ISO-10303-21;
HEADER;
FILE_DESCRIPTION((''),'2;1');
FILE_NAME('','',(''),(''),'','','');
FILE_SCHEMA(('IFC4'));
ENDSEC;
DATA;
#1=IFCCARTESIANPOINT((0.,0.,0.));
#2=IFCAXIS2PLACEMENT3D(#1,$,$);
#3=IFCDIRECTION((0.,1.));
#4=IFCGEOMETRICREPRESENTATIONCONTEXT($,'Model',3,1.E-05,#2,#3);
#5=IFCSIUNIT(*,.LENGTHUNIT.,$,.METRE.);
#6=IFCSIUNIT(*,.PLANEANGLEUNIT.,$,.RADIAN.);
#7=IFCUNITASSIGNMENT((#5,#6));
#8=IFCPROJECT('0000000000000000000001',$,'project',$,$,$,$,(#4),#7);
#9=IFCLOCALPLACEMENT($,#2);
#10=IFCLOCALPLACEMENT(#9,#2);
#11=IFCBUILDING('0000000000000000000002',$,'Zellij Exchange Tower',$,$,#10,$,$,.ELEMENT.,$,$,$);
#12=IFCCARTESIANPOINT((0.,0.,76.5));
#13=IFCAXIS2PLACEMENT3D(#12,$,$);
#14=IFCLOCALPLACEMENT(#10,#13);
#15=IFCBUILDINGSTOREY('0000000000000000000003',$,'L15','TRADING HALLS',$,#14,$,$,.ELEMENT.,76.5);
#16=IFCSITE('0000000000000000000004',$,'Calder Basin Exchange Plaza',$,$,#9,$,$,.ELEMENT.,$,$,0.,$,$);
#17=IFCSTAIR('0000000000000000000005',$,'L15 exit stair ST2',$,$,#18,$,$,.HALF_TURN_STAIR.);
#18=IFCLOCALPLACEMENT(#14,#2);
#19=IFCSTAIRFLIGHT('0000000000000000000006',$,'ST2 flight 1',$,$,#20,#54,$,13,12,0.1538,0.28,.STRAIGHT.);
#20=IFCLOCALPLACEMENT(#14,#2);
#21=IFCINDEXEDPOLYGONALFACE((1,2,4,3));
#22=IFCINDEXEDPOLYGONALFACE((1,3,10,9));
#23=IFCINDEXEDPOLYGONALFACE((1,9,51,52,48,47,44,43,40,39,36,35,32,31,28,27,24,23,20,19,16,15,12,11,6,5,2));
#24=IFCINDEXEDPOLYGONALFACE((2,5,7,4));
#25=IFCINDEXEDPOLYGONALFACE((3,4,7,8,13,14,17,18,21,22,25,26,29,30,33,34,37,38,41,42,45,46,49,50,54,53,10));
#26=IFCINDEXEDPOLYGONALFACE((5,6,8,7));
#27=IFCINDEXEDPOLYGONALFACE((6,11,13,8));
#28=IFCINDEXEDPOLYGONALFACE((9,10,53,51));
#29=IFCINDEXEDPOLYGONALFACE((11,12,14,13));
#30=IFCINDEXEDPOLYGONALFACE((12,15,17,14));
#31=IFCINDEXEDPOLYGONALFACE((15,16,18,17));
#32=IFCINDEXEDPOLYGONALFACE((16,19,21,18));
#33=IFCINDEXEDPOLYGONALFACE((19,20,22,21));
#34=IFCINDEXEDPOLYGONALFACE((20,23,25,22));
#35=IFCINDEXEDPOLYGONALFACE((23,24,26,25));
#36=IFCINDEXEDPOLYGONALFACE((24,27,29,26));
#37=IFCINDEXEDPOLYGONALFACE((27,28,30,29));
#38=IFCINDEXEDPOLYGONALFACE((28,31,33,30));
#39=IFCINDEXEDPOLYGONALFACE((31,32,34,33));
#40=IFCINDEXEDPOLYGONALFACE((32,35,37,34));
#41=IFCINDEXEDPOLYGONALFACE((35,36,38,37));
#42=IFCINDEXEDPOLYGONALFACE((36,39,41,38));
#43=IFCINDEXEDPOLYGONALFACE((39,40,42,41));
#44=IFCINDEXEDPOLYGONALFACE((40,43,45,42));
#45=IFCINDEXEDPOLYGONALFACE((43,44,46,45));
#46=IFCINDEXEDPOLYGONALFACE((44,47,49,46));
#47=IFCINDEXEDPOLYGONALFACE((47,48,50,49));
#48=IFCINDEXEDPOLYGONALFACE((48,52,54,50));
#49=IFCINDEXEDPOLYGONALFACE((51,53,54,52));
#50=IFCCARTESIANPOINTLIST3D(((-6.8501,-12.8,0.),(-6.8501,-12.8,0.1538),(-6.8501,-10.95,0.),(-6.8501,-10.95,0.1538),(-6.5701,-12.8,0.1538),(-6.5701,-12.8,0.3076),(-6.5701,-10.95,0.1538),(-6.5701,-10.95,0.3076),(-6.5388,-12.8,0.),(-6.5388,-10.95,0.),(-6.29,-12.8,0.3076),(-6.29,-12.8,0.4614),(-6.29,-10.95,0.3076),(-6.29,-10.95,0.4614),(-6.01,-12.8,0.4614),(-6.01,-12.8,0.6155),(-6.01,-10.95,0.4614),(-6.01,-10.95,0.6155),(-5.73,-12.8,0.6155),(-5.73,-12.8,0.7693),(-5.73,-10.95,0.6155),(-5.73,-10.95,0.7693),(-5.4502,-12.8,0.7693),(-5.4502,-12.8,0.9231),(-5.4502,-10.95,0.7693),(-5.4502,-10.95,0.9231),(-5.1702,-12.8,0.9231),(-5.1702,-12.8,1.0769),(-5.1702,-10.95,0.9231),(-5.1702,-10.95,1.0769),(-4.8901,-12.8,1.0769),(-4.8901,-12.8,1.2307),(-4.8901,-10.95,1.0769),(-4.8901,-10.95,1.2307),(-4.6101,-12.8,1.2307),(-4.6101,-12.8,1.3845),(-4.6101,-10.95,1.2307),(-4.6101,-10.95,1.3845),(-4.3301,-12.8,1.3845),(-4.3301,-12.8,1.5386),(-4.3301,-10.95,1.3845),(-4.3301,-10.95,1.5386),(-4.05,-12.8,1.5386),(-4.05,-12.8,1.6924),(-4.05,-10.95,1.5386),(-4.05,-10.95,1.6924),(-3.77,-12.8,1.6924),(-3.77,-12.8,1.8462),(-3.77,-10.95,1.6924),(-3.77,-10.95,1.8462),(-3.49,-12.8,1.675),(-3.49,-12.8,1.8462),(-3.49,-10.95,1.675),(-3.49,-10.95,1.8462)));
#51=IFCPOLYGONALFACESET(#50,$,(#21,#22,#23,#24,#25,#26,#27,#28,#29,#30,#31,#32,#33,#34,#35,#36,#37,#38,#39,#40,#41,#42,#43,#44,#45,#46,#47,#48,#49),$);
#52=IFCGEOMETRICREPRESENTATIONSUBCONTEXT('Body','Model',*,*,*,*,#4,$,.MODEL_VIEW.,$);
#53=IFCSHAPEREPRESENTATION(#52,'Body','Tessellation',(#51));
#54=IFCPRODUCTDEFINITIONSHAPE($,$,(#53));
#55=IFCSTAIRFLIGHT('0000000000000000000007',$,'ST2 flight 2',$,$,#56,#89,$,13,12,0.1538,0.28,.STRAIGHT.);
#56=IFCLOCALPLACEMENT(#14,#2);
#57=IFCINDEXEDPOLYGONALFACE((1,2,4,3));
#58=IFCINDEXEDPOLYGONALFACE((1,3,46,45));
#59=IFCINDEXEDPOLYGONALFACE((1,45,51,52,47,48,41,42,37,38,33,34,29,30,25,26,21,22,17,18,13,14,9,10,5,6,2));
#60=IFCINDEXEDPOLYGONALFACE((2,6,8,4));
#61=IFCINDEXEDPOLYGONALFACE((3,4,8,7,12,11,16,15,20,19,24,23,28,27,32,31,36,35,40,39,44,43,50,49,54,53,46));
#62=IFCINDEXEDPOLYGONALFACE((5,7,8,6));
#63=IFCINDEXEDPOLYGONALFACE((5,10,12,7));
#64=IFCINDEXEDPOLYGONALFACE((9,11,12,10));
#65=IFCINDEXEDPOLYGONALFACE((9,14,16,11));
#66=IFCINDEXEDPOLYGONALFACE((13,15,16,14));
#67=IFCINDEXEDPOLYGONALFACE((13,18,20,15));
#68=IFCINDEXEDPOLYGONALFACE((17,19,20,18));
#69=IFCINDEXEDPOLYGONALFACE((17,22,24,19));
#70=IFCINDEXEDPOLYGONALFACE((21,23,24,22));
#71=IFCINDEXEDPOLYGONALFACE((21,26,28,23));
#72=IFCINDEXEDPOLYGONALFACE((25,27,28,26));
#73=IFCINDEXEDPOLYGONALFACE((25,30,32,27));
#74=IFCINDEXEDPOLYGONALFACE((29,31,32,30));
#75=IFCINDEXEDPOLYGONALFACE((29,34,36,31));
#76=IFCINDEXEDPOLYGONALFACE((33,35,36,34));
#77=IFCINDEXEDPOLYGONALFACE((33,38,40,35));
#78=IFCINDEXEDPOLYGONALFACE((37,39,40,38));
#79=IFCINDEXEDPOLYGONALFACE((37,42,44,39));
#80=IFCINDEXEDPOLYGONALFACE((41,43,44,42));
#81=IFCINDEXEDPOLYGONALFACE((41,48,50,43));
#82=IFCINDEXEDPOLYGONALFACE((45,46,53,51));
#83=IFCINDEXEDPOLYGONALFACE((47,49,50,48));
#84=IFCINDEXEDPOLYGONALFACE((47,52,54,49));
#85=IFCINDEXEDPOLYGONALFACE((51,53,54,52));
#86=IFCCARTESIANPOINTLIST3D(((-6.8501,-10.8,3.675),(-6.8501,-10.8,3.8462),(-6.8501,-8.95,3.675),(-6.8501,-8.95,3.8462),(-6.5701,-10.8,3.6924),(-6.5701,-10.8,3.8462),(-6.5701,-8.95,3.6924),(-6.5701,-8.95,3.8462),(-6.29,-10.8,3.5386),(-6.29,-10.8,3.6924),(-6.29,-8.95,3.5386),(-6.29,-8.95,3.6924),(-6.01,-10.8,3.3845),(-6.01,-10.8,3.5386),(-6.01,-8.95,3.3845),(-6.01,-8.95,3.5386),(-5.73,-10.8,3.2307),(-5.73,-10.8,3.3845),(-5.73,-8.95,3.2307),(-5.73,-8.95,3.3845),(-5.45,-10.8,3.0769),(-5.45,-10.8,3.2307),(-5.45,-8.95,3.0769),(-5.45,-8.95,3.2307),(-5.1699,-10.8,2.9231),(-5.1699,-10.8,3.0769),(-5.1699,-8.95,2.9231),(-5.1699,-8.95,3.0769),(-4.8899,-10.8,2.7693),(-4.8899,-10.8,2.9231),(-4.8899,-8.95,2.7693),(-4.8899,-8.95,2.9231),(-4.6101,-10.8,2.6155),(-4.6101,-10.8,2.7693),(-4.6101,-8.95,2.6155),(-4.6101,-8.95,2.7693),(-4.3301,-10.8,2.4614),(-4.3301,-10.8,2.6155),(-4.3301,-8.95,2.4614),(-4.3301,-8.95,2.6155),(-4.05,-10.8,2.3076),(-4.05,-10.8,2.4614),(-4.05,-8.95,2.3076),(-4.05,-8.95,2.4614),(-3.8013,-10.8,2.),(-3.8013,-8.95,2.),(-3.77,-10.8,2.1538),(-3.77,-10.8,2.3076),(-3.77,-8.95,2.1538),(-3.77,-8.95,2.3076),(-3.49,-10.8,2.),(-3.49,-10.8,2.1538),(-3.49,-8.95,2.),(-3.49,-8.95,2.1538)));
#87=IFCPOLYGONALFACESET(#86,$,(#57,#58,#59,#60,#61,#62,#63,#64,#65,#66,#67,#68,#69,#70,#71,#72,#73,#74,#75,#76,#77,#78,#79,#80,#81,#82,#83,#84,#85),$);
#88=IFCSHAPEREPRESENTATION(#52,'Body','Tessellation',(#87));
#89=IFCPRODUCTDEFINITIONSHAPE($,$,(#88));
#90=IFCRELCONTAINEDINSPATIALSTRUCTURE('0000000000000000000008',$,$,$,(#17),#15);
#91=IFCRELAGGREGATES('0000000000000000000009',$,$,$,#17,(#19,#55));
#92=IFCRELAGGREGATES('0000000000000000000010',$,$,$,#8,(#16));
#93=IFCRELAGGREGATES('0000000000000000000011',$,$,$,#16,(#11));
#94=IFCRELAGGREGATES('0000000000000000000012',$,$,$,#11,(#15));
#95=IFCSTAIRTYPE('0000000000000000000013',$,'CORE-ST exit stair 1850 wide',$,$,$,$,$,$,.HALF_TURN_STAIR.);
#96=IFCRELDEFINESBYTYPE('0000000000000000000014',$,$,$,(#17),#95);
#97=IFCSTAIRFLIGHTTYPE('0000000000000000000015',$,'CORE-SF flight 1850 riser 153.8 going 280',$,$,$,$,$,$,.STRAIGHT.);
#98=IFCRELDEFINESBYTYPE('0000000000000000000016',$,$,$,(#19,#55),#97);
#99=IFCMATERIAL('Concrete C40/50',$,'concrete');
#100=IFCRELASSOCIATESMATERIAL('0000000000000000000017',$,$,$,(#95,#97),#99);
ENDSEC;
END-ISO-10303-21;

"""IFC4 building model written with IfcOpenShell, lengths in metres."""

from ifc_helpers import new_model, si_unit, direction, frame, origin, place, context, subcontext, project, spatial, polyline, outline, extrude, material, type_object, element, aggregate, save


model = new_model("IFC4")

# Units and contexts
model_context = context("Model", 3, precision=1e-05, world=origin(), true_north=direction((0.0, 1.0)))
body_context = subcontext(model_context, "Body", "Model", "MODEL_VIEW")
ifc_project = project(units=[si_unit("LENGTHUNIT", "METRE"), si_unit("PLANEANGLEUNIT", "RADIAN")], contexts=[model_context])

# Site, building, storey
site_placement = place(None, origin())
site = spatial("IfcSite", under=ifc_project, at=site_placement, Name="Calder Basin Exchange Plaza", CompositionType="ELEMENT", RefElevation=0.0)
building_placement = place(site_placement, origin())
building = spatial("IfcBuilding", under=site, at=building_placement, Name="Zellij Exchange Tower", CompositionType="ELEMENT")
storey_placement = place(building_placement, frame((0.0, 0.0, 76.5)))
storey = spatial("IfcBuildingStorey", under=building, at=storey_placement, Name="L15", Description="TRADING HALLS", CompositionType="ELEMENT", Elevation=76.5)

# Stair, stair flights
ifc_material_1 = material(Name="Concrete C40/50", Category="concrete")
stair_type = type_object("IfcStairType", Name="CORE-ST exit stair 1850 wide", PredefinedType="HALF_TURN_STAIR", material=ifc_material_1)
stair_placement = place(storey_placement, origin())
stair = element("IfcStair", 1, at=stair_placement, inside=storey, type_object=stair_type, Name="L15 exit stair ST2", PredefinedType="HALF_TURN_STAIR")
stair_flight_type = type_object("IfcStairFlightType", Name="CORE-SF flight 1850 riser 153.8 going 280", PredefinedType="STRAIGHT", material=ifc_material_1)
stair_flight_1_placement = place(storey_placement, frame((-6.8501, -11.875, 0.0), z_axis=(0.0, 0.0, 1.0), x_axis=(1.0, 0.0, 0.0)))
stair_flight_1 = element("IfcStairFlight", 2, at=stair_flight_1_placement, type_object=stair_flight_type, Name="ST2 flight 1", NumberOfRisers=13, NumberOfTreads=12, PredefinedType="STRAIGHT", RiserHeight=0.1538, TreadLength=0.28, context=body_context, shape_type="SweptSolid", body=[
    extrude(outline(polyline([(0.0, 0.0), (0.0, 0.1538), (0.28, 0.1538), (0.28, 0.3076), (0.5601, 0.3076), (0.5601, 0.4614), (0.8401, 0.4614), (0.8401, 0.6155), (1.1201, 0.6155), (1.1201, 0.7693), (1.3999, 0.7693), (1.3999, 0.9231), (1.6799, 0.9231), (1.6799, 1.0769), (1.96, 1.0769), (1.96, 1.2307), (2.24, 1.2307), (2.24, 1.3845), (2.52, 1.3845), (2.52, 1.5386), (2.8, 1.5386), (2.8, 1.6924), (3.0801, 1.6924), (3.0801, 1.8462), (3.3601, 1.8462), (3.3601, 2.0), (3.3601, 1.675), (0.3113, 0.0), (0.0, 0.0)])), frame((0.0, 0.925, 0.0), z_axis=(0.0, -1.0, 0.0), x_axis=(1.0, 0.0, 0.0)), (0.0, 0.0, 1.0), 1.8501),
])
stair_flight_2_placement = place(storey_placement, frame((-3.49, -9.875, 2.0), z_axis=(0.0, 0.0, 1.0), x_axis=(-1.0, 0.0, 0.0)))
stair_flight_2 = element("IfcStairFlight", 3, at=stair_flight_2_placement, type_object=stair_flight_type, Name="ST2 flight 2", NumberOfRisers=13, NumberOfTreads=12, PredefinedType="STRAIGHT", RiserHeight=0.1538, TreadLength=0.28, context=body_context, shape_type="SweptSolid", body=[
    extrude(outline(polyline([(0.0, 0.0), (0.0, 0.1538), (0.28, 0.1538), (0.28, 0.3076), (0.5601, 0.3076), (0.5601, 0.4614), (0.8401, 0.4614), (0.8401, 0.6155), (1.1201, 0.6155), (1.1201, 0.7693), (1.3999, 0.7693), (1.3999, 0.9231), (1.6799, 0.9231), (1.6799, 1.0769), (1.96, 1.0769), (1.96, 1.2307), (2.24, 1.2307), (2.24, 1.3845), (2.52, 1.3845), (2.52, 1.5386), (2.8, 1.5386), (2.8, 1.6924), (3.0801, 1.6924), (3.0801, 1.8462), (3.3601, 1.8462), (3.3601, 2.0), (3.3601, 1.675), (0.3113, 0.0), (0.0, 0.0)])), frame((0.0, 0.925, 0.0), z_axis=(0.0, -1.0, 0.0), x_axis=(1.0, 0.0, 0.0)), (0.0, 0.0, 1.0), 1.8501),
])
aggregate(stair, [stair_flight_1, stair_flight_2])

save(model, "model.ifc")
